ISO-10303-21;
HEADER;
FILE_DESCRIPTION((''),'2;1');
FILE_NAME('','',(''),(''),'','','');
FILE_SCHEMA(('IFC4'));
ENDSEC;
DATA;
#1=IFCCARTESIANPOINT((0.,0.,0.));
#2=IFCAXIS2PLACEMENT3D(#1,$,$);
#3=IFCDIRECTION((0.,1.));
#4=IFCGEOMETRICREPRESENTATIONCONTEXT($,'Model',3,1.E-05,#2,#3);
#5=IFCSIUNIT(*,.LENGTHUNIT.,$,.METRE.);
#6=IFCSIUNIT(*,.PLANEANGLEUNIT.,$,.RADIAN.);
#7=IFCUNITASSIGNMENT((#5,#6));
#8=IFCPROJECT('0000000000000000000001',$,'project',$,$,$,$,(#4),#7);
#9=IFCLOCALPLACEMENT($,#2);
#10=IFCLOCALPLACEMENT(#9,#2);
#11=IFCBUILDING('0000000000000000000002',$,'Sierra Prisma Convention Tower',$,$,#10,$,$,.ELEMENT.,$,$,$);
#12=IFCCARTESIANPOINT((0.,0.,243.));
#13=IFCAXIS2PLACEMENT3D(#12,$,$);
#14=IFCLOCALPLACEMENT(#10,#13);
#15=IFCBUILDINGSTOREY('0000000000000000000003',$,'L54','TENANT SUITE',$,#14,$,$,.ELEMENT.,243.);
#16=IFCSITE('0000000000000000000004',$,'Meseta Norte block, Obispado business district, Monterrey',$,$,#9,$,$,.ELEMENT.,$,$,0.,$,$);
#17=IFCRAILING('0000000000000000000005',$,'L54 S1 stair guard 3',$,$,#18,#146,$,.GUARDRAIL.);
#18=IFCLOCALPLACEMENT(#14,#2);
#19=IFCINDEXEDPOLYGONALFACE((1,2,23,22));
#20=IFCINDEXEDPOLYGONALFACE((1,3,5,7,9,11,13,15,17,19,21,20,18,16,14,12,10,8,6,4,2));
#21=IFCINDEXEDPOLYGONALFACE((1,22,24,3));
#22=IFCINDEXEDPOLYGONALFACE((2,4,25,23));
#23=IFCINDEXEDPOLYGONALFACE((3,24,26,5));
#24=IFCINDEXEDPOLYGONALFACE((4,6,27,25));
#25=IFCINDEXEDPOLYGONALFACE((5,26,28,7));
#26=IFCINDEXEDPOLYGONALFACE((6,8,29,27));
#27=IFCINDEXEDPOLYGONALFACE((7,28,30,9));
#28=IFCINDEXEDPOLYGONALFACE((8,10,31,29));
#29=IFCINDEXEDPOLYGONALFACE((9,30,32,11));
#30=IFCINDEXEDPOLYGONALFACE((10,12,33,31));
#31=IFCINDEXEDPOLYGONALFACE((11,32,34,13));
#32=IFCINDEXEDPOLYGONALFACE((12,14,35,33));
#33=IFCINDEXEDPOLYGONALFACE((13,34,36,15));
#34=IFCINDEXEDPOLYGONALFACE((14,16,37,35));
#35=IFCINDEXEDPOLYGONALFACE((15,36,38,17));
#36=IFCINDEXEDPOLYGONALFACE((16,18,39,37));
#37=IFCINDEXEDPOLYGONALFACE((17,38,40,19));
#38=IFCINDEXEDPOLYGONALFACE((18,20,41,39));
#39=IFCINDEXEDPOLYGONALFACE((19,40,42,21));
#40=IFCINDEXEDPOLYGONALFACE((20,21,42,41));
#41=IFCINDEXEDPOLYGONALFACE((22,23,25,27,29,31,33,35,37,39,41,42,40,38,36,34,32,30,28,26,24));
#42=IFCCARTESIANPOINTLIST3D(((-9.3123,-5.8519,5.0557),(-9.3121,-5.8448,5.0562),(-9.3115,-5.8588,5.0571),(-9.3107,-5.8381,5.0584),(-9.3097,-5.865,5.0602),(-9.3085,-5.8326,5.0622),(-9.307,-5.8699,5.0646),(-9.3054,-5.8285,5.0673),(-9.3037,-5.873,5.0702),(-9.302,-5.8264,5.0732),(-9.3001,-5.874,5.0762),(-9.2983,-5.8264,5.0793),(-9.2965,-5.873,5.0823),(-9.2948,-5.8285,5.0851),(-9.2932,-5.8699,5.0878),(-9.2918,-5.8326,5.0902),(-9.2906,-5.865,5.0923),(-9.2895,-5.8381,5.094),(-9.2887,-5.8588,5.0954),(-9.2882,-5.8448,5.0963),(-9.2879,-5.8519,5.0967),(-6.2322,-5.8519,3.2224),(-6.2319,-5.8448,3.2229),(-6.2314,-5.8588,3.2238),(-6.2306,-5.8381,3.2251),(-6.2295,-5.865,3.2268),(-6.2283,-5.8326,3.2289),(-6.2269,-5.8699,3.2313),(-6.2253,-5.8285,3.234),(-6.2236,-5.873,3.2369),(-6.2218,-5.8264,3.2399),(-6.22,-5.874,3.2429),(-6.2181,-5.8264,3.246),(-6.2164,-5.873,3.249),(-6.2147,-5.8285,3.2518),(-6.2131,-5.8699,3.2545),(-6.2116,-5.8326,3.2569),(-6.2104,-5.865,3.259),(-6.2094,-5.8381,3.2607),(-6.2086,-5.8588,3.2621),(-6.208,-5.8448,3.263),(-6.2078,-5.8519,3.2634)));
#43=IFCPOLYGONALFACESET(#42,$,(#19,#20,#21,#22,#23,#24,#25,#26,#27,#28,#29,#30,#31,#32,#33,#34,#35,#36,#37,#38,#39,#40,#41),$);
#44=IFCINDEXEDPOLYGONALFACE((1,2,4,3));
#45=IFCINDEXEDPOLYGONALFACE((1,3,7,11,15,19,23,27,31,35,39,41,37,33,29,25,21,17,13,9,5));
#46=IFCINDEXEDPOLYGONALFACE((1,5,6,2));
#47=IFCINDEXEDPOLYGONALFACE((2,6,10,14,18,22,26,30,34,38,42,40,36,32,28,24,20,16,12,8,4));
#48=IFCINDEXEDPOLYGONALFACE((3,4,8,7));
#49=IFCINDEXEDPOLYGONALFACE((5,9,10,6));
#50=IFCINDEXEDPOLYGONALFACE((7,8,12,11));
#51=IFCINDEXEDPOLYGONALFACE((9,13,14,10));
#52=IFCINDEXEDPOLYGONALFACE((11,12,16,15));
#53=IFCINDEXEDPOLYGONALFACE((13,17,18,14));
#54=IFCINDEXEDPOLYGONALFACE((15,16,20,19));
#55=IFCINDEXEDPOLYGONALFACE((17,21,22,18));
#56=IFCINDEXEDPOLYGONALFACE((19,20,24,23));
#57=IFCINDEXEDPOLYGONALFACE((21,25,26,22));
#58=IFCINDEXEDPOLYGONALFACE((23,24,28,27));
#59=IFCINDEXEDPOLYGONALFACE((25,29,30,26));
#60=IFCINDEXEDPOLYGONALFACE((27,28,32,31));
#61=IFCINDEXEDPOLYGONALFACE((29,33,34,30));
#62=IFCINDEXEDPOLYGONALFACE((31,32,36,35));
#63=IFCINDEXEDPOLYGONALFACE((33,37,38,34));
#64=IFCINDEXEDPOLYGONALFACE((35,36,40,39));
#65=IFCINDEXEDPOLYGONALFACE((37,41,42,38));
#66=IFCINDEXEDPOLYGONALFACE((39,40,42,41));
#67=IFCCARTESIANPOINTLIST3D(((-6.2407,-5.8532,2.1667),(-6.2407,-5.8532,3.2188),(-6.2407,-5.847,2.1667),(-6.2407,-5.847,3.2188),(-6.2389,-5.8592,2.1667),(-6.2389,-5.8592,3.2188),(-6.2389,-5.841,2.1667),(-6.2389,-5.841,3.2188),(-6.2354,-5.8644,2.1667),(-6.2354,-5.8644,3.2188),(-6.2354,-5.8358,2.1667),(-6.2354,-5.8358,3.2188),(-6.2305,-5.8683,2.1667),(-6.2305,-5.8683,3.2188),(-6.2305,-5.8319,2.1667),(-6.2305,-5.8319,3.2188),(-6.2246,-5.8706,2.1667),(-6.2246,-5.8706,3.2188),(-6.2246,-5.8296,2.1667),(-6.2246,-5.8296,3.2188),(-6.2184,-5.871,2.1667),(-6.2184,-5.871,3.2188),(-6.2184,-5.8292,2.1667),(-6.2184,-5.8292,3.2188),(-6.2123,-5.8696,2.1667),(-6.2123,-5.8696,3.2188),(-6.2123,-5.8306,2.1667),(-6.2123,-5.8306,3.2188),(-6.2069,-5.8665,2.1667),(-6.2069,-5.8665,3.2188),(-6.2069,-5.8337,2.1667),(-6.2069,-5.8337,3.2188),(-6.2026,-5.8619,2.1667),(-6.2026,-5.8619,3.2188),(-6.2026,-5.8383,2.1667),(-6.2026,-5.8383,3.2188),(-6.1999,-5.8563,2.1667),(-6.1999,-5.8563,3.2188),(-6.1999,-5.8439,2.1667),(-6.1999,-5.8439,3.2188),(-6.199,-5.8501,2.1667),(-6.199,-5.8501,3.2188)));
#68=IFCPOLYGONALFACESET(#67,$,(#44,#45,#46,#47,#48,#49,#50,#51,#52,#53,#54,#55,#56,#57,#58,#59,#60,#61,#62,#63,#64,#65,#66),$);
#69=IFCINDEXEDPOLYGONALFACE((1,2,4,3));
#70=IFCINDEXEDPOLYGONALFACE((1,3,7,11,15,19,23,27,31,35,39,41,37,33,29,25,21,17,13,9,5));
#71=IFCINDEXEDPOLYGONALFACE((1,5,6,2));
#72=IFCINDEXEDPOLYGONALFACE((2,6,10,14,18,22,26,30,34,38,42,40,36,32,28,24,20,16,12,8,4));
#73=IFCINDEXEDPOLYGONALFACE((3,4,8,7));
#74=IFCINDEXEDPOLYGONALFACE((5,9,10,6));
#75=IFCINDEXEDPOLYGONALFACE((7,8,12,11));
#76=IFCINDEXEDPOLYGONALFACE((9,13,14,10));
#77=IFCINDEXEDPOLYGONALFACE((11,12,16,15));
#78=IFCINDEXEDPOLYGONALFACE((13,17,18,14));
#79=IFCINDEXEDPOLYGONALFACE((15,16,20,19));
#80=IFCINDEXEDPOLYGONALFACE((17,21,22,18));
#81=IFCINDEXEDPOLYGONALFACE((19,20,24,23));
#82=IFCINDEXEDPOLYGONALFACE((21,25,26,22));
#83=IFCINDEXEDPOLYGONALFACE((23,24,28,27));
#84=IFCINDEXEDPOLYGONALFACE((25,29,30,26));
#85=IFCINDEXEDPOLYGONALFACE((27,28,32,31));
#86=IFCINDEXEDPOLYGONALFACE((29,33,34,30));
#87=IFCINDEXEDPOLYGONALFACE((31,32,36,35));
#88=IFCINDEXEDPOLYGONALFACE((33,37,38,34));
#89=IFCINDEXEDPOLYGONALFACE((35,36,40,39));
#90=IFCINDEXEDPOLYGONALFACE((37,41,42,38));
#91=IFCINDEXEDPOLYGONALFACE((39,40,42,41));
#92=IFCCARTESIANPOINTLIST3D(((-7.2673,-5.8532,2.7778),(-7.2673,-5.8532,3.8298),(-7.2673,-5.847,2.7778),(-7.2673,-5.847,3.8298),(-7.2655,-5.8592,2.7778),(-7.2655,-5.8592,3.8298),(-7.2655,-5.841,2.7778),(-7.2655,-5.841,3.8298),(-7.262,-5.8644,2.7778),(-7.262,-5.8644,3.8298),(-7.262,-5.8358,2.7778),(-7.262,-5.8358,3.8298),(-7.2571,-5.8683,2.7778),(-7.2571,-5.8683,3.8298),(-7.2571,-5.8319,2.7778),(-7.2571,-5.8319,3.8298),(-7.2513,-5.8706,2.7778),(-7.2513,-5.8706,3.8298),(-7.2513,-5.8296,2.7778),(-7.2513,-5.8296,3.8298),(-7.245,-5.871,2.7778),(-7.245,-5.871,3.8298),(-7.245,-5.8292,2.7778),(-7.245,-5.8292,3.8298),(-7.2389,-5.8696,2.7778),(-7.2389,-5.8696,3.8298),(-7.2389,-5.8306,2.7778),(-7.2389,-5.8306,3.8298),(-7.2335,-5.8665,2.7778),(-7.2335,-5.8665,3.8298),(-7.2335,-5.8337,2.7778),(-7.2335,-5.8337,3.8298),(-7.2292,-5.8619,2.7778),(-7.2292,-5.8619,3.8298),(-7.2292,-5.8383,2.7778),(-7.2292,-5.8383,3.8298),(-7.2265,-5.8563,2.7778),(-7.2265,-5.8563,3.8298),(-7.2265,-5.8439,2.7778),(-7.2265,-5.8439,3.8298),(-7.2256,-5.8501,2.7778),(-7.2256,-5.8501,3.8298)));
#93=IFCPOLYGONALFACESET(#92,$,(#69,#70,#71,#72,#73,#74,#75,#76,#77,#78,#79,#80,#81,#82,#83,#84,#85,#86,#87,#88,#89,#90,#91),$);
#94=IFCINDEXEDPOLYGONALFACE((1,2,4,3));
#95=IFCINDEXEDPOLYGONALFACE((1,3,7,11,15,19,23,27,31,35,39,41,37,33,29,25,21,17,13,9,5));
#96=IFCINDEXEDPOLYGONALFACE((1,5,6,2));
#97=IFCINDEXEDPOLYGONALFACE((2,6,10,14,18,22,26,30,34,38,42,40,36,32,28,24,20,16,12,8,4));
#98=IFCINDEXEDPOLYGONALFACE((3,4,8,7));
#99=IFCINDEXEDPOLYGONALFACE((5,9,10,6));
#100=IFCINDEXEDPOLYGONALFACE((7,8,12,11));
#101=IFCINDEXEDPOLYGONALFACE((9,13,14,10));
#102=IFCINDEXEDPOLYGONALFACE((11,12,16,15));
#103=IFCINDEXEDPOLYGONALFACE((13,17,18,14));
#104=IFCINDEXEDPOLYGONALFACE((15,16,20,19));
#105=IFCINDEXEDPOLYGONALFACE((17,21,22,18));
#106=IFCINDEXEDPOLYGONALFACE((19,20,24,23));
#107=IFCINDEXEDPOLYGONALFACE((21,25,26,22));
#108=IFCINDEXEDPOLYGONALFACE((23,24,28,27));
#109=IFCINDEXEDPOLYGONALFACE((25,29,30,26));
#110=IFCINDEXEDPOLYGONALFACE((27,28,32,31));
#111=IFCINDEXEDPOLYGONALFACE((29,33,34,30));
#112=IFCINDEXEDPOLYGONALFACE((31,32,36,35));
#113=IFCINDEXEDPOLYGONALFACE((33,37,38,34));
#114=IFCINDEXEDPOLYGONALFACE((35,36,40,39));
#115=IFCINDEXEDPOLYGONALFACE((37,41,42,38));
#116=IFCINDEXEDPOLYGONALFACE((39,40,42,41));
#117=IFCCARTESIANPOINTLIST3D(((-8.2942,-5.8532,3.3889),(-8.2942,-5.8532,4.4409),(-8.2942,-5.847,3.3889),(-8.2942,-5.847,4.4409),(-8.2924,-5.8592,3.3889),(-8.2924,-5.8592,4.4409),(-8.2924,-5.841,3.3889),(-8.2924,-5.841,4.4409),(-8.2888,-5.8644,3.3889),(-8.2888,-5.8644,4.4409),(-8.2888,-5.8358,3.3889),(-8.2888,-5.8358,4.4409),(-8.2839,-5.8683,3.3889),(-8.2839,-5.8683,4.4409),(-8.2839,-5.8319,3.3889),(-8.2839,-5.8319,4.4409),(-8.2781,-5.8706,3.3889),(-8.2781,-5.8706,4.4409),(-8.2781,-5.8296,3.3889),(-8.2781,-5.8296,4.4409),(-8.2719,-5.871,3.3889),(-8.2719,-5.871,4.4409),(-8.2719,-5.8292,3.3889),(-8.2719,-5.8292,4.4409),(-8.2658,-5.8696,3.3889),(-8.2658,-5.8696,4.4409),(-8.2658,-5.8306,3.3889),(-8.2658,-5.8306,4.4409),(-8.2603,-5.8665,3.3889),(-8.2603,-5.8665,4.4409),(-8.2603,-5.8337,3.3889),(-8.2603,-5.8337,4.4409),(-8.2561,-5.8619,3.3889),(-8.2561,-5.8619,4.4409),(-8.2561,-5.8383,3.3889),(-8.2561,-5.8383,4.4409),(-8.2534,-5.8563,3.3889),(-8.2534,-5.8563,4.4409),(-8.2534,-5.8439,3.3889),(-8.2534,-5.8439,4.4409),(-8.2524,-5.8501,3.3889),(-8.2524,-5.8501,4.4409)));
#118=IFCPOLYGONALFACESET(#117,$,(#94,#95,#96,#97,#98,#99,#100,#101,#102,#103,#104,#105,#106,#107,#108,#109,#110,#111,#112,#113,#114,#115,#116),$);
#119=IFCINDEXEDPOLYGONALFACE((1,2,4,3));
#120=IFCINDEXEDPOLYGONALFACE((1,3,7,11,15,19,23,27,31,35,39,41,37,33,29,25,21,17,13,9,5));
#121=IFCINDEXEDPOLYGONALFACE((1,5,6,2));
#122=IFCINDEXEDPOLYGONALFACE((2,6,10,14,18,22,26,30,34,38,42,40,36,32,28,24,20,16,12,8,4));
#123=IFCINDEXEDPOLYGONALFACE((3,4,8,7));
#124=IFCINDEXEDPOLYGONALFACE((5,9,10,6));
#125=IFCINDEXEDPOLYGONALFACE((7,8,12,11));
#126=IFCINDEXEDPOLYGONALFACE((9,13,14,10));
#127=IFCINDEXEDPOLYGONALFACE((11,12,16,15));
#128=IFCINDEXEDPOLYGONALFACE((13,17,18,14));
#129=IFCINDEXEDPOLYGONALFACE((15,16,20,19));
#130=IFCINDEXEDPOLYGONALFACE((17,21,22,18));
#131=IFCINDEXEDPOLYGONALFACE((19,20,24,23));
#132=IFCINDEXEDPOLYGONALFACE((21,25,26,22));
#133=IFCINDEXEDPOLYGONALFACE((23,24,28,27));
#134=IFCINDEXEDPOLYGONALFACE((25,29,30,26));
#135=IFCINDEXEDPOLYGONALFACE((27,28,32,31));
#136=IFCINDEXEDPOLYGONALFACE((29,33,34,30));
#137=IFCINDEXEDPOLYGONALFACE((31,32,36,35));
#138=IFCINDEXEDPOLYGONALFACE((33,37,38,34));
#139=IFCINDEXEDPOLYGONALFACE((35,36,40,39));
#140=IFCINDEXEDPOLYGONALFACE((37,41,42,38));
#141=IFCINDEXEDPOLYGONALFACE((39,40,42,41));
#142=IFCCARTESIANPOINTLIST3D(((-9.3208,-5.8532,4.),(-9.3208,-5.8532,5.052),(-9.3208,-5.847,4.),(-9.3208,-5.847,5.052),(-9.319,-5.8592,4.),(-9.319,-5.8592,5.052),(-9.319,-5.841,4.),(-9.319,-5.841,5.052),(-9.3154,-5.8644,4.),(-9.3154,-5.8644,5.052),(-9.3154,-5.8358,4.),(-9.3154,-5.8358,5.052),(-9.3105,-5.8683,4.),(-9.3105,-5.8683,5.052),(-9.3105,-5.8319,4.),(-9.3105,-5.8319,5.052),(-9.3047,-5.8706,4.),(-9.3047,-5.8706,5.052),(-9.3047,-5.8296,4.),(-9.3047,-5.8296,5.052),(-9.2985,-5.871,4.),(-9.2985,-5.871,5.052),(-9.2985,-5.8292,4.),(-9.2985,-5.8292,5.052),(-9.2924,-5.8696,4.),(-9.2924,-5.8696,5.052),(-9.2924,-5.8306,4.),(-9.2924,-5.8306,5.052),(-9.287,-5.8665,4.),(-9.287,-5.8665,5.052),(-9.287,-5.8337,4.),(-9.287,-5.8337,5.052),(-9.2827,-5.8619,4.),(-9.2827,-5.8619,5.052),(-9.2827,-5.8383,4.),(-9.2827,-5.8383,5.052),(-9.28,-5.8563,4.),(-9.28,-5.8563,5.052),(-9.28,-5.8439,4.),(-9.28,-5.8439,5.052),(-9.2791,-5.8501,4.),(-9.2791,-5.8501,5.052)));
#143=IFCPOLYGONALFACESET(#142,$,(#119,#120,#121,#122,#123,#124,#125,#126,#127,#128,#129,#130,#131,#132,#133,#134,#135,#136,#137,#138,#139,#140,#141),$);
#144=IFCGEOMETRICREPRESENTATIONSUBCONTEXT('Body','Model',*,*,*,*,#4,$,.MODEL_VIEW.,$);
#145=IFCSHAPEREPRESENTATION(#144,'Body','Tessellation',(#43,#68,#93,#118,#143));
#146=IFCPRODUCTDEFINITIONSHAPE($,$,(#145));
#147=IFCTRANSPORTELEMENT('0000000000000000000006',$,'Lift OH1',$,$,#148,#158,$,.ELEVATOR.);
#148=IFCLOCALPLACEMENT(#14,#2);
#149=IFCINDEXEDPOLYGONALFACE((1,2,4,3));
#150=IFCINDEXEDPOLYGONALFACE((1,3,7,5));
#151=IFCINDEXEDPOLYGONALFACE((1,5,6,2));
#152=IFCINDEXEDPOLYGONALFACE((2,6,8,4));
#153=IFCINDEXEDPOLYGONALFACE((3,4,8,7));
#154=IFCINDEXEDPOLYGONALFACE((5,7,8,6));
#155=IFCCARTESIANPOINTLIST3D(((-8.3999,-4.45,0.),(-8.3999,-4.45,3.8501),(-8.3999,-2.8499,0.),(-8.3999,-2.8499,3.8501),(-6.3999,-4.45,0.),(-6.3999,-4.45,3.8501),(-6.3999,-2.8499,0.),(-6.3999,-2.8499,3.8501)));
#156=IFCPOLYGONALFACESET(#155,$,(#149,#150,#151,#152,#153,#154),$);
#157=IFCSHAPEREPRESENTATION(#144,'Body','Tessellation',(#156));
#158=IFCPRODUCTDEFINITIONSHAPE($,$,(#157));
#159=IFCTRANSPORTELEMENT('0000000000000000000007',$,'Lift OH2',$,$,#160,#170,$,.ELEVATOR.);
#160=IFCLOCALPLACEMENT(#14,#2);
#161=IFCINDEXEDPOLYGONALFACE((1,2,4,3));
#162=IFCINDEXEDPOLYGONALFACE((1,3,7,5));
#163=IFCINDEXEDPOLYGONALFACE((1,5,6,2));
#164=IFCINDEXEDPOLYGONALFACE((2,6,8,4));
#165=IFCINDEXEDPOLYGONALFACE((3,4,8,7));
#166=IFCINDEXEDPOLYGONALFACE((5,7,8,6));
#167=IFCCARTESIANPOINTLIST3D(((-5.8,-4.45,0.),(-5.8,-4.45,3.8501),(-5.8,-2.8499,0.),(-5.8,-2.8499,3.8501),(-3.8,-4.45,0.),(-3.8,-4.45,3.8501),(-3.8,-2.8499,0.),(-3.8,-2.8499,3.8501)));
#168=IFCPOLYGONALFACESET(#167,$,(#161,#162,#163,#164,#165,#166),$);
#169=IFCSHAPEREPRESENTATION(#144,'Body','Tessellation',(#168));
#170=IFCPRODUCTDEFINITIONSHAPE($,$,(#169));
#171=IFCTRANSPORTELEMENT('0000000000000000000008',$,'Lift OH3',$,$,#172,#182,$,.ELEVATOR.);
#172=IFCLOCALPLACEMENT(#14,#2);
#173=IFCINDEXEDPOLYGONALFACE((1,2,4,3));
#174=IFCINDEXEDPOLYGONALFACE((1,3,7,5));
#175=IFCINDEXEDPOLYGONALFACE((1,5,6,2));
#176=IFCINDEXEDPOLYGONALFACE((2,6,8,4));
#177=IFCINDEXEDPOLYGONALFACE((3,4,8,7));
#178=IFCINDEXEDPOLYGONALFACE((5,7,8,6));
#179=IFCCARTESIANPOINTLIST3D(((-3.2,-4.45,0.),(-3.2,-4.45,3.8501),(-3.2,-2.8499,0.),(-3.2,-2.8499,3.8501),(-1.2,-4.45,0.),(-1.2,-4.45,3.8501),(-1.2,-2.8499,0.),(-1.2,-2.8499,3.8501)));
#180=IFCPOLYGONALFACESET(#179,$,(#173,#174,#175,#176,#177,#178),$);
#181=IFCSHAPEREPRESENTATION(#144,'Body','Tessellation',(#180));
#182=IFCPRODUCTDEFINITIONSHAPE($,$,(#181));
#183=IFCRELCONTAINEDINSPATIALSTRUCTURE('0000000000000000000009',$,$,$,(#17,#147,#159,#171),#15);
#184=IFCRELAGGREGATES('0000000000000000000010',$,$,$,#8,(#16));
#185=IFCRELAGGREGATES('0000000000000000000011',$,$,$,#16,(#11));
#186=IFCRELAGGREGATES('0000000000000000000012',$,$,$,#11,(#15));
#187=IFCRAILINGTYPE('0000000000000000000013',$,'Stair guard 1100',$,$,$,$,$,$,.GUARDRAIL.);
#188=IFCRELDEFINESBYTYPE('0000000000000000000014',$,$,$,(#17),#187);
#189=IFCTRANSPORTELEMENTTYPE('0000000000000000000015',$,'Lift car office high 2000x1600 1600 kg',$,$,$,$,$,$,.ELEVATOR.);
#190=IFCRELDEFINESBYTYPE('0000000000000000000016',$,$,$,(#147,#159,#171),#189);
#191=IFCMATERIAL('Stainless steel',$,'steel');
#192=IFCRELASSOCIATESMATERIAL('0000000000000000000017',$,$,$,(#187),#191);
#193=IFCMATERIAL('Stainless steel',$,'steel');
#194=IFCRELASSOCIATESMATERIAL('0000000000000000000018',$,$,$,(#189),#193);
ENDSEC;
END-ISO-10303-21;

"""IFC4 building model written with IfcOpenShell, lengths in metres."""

from ifc_helpers import new_model, si_unit, direction, frame, origin, origin_2d, place, context, subcontext, project, spatial, rectangle, circle, extrude, material, type_object, element, save


model = new_model("IFC4")

# Units and contexts
model_context = context("Model", 3, precision=1e-05, world=origin(), true_north=direction((0.0, 1.0)))
body_context = subcontext(model_context, "Body", "Model", "MODEL_VIEW")
ifc_project = project(units=[si_unit("LENGTHUNIT", "METRE"), si_unit("PLANEANGLEUNIT", "RADIAN")], contexts=[model_context])

# Site, building, storey
site_placement = place(None, origin())
site = spatial("IfcSite", under=ifc_project, at=site_placement, Name="Meseta Norte block, Obispado business district, Monterrey", CompositionType="ELEMENT", RefElevation=0.0)
building_placement = place(site_placement, origin())
building = spatial("IfcBuilding", under=site, at=building_placement, Name="Sierra Prisma Convention Tower", CompositionType="ELEMENT")
storey_placement = place(building_placement, frame((0.0, 0.0, 243.0)))
storey = spatial("IfcBuildingStorey", under=building, at=storey_placement, Name="L54", Description="TENANT SUITE", CompositionType="ELEMENT", Elevation=243.0)

# Railing
ifc_material_1 = material(Name="Stainless steel", Category="steel")
railing_type_1 = type_object("IfcRailingType", Name="Stair guard 1100", PredefinedType="GUARDRAIL", material=ifc_material_1)
railing_1_placement = place(storey_placement, frame((-6.22, -5.8501, 2.1667)))
element("IfcRailing", 1, at=railing_1_placement, inside=storey, type_object=railing_type_1, Name="L54 S1 stair guard 3", PredefinedType="GUARDRAIL", context=body_context, shape_type="SweptSolid", body=[
    extrude(circle(Radius=0.0239, at=origin_2d()), frame((0.0, 0.0, 1.0762), z_axis=(-0.859309, 0.0, 0.511458), x_axis=(0.0, -1.0, 0.0)), (0.0, 0.0, 1.0), 3.5845),
    extrude(circle(Radius=0.021, at=origin_2d()), origin(), (0.0, 0.0, 1.0), 1.052),
    extrude(circle(Radius=0.021, at=origin_2d()), frame((-1.0266, 0.0, 0.6111)), (0.0, 0.0, 1.0), 1.052),
    extrude(circle(Radius=0.021, at=origin_2d()), frame((-2.0535, 0.0, 1.2222)), (0.0, 0.0, 1.0), 1.052),
    extrude(circle(Radius=0.021, at=origin_2d()), frame((-3.0801, 0.0, 1.8333)), (0.0, 0.0, 1.0), 1.052),
])

# Transport elements
ifc_material_2 = material(Name="Stainless steel", Category="steel")
transport_element_type = type_object("IfcTransportElementType", Name="Lift car office high 2000x1600 1600 kg", PredefinedType="ELEVATOR", material=ifc_material_2)
for number, where, z_axis, x_axis, name in (
    (2, (-7.3999, -3.6499, 0.0), (0.0, 0.0, 1.0), (1.0, 0.0, 0.0), "Lift OH1"),
    (3, (-4.8, -3.6499, 0.0), (0.0, 0.0, 1.0), (1.0, 0.0, 0.0), "Lift OH2"),
    (4, (-2.2, -3.6499, 0.0), (0.0, 0.0, 1.0), (1.0, 0.0, 0.0), "Lift OH3"),
):
    element("IfcTransportElement", number, at=place(storey_placement, frame(where, z_axis=z_axis, x_axis=x_axis)), inside=storey, type_object=transport_element_type, Name=name, PredefinedType="ELEVATOR", context=body_context, shape_type="SweptSolid", body=[
        extrude(rectangle(XDim=2.0, YDim=1.6001, at=origin_2d()), origin(), (0.0, 0.0, 1.0), 3.8501),
    ])

save(model, "model.ifc")
